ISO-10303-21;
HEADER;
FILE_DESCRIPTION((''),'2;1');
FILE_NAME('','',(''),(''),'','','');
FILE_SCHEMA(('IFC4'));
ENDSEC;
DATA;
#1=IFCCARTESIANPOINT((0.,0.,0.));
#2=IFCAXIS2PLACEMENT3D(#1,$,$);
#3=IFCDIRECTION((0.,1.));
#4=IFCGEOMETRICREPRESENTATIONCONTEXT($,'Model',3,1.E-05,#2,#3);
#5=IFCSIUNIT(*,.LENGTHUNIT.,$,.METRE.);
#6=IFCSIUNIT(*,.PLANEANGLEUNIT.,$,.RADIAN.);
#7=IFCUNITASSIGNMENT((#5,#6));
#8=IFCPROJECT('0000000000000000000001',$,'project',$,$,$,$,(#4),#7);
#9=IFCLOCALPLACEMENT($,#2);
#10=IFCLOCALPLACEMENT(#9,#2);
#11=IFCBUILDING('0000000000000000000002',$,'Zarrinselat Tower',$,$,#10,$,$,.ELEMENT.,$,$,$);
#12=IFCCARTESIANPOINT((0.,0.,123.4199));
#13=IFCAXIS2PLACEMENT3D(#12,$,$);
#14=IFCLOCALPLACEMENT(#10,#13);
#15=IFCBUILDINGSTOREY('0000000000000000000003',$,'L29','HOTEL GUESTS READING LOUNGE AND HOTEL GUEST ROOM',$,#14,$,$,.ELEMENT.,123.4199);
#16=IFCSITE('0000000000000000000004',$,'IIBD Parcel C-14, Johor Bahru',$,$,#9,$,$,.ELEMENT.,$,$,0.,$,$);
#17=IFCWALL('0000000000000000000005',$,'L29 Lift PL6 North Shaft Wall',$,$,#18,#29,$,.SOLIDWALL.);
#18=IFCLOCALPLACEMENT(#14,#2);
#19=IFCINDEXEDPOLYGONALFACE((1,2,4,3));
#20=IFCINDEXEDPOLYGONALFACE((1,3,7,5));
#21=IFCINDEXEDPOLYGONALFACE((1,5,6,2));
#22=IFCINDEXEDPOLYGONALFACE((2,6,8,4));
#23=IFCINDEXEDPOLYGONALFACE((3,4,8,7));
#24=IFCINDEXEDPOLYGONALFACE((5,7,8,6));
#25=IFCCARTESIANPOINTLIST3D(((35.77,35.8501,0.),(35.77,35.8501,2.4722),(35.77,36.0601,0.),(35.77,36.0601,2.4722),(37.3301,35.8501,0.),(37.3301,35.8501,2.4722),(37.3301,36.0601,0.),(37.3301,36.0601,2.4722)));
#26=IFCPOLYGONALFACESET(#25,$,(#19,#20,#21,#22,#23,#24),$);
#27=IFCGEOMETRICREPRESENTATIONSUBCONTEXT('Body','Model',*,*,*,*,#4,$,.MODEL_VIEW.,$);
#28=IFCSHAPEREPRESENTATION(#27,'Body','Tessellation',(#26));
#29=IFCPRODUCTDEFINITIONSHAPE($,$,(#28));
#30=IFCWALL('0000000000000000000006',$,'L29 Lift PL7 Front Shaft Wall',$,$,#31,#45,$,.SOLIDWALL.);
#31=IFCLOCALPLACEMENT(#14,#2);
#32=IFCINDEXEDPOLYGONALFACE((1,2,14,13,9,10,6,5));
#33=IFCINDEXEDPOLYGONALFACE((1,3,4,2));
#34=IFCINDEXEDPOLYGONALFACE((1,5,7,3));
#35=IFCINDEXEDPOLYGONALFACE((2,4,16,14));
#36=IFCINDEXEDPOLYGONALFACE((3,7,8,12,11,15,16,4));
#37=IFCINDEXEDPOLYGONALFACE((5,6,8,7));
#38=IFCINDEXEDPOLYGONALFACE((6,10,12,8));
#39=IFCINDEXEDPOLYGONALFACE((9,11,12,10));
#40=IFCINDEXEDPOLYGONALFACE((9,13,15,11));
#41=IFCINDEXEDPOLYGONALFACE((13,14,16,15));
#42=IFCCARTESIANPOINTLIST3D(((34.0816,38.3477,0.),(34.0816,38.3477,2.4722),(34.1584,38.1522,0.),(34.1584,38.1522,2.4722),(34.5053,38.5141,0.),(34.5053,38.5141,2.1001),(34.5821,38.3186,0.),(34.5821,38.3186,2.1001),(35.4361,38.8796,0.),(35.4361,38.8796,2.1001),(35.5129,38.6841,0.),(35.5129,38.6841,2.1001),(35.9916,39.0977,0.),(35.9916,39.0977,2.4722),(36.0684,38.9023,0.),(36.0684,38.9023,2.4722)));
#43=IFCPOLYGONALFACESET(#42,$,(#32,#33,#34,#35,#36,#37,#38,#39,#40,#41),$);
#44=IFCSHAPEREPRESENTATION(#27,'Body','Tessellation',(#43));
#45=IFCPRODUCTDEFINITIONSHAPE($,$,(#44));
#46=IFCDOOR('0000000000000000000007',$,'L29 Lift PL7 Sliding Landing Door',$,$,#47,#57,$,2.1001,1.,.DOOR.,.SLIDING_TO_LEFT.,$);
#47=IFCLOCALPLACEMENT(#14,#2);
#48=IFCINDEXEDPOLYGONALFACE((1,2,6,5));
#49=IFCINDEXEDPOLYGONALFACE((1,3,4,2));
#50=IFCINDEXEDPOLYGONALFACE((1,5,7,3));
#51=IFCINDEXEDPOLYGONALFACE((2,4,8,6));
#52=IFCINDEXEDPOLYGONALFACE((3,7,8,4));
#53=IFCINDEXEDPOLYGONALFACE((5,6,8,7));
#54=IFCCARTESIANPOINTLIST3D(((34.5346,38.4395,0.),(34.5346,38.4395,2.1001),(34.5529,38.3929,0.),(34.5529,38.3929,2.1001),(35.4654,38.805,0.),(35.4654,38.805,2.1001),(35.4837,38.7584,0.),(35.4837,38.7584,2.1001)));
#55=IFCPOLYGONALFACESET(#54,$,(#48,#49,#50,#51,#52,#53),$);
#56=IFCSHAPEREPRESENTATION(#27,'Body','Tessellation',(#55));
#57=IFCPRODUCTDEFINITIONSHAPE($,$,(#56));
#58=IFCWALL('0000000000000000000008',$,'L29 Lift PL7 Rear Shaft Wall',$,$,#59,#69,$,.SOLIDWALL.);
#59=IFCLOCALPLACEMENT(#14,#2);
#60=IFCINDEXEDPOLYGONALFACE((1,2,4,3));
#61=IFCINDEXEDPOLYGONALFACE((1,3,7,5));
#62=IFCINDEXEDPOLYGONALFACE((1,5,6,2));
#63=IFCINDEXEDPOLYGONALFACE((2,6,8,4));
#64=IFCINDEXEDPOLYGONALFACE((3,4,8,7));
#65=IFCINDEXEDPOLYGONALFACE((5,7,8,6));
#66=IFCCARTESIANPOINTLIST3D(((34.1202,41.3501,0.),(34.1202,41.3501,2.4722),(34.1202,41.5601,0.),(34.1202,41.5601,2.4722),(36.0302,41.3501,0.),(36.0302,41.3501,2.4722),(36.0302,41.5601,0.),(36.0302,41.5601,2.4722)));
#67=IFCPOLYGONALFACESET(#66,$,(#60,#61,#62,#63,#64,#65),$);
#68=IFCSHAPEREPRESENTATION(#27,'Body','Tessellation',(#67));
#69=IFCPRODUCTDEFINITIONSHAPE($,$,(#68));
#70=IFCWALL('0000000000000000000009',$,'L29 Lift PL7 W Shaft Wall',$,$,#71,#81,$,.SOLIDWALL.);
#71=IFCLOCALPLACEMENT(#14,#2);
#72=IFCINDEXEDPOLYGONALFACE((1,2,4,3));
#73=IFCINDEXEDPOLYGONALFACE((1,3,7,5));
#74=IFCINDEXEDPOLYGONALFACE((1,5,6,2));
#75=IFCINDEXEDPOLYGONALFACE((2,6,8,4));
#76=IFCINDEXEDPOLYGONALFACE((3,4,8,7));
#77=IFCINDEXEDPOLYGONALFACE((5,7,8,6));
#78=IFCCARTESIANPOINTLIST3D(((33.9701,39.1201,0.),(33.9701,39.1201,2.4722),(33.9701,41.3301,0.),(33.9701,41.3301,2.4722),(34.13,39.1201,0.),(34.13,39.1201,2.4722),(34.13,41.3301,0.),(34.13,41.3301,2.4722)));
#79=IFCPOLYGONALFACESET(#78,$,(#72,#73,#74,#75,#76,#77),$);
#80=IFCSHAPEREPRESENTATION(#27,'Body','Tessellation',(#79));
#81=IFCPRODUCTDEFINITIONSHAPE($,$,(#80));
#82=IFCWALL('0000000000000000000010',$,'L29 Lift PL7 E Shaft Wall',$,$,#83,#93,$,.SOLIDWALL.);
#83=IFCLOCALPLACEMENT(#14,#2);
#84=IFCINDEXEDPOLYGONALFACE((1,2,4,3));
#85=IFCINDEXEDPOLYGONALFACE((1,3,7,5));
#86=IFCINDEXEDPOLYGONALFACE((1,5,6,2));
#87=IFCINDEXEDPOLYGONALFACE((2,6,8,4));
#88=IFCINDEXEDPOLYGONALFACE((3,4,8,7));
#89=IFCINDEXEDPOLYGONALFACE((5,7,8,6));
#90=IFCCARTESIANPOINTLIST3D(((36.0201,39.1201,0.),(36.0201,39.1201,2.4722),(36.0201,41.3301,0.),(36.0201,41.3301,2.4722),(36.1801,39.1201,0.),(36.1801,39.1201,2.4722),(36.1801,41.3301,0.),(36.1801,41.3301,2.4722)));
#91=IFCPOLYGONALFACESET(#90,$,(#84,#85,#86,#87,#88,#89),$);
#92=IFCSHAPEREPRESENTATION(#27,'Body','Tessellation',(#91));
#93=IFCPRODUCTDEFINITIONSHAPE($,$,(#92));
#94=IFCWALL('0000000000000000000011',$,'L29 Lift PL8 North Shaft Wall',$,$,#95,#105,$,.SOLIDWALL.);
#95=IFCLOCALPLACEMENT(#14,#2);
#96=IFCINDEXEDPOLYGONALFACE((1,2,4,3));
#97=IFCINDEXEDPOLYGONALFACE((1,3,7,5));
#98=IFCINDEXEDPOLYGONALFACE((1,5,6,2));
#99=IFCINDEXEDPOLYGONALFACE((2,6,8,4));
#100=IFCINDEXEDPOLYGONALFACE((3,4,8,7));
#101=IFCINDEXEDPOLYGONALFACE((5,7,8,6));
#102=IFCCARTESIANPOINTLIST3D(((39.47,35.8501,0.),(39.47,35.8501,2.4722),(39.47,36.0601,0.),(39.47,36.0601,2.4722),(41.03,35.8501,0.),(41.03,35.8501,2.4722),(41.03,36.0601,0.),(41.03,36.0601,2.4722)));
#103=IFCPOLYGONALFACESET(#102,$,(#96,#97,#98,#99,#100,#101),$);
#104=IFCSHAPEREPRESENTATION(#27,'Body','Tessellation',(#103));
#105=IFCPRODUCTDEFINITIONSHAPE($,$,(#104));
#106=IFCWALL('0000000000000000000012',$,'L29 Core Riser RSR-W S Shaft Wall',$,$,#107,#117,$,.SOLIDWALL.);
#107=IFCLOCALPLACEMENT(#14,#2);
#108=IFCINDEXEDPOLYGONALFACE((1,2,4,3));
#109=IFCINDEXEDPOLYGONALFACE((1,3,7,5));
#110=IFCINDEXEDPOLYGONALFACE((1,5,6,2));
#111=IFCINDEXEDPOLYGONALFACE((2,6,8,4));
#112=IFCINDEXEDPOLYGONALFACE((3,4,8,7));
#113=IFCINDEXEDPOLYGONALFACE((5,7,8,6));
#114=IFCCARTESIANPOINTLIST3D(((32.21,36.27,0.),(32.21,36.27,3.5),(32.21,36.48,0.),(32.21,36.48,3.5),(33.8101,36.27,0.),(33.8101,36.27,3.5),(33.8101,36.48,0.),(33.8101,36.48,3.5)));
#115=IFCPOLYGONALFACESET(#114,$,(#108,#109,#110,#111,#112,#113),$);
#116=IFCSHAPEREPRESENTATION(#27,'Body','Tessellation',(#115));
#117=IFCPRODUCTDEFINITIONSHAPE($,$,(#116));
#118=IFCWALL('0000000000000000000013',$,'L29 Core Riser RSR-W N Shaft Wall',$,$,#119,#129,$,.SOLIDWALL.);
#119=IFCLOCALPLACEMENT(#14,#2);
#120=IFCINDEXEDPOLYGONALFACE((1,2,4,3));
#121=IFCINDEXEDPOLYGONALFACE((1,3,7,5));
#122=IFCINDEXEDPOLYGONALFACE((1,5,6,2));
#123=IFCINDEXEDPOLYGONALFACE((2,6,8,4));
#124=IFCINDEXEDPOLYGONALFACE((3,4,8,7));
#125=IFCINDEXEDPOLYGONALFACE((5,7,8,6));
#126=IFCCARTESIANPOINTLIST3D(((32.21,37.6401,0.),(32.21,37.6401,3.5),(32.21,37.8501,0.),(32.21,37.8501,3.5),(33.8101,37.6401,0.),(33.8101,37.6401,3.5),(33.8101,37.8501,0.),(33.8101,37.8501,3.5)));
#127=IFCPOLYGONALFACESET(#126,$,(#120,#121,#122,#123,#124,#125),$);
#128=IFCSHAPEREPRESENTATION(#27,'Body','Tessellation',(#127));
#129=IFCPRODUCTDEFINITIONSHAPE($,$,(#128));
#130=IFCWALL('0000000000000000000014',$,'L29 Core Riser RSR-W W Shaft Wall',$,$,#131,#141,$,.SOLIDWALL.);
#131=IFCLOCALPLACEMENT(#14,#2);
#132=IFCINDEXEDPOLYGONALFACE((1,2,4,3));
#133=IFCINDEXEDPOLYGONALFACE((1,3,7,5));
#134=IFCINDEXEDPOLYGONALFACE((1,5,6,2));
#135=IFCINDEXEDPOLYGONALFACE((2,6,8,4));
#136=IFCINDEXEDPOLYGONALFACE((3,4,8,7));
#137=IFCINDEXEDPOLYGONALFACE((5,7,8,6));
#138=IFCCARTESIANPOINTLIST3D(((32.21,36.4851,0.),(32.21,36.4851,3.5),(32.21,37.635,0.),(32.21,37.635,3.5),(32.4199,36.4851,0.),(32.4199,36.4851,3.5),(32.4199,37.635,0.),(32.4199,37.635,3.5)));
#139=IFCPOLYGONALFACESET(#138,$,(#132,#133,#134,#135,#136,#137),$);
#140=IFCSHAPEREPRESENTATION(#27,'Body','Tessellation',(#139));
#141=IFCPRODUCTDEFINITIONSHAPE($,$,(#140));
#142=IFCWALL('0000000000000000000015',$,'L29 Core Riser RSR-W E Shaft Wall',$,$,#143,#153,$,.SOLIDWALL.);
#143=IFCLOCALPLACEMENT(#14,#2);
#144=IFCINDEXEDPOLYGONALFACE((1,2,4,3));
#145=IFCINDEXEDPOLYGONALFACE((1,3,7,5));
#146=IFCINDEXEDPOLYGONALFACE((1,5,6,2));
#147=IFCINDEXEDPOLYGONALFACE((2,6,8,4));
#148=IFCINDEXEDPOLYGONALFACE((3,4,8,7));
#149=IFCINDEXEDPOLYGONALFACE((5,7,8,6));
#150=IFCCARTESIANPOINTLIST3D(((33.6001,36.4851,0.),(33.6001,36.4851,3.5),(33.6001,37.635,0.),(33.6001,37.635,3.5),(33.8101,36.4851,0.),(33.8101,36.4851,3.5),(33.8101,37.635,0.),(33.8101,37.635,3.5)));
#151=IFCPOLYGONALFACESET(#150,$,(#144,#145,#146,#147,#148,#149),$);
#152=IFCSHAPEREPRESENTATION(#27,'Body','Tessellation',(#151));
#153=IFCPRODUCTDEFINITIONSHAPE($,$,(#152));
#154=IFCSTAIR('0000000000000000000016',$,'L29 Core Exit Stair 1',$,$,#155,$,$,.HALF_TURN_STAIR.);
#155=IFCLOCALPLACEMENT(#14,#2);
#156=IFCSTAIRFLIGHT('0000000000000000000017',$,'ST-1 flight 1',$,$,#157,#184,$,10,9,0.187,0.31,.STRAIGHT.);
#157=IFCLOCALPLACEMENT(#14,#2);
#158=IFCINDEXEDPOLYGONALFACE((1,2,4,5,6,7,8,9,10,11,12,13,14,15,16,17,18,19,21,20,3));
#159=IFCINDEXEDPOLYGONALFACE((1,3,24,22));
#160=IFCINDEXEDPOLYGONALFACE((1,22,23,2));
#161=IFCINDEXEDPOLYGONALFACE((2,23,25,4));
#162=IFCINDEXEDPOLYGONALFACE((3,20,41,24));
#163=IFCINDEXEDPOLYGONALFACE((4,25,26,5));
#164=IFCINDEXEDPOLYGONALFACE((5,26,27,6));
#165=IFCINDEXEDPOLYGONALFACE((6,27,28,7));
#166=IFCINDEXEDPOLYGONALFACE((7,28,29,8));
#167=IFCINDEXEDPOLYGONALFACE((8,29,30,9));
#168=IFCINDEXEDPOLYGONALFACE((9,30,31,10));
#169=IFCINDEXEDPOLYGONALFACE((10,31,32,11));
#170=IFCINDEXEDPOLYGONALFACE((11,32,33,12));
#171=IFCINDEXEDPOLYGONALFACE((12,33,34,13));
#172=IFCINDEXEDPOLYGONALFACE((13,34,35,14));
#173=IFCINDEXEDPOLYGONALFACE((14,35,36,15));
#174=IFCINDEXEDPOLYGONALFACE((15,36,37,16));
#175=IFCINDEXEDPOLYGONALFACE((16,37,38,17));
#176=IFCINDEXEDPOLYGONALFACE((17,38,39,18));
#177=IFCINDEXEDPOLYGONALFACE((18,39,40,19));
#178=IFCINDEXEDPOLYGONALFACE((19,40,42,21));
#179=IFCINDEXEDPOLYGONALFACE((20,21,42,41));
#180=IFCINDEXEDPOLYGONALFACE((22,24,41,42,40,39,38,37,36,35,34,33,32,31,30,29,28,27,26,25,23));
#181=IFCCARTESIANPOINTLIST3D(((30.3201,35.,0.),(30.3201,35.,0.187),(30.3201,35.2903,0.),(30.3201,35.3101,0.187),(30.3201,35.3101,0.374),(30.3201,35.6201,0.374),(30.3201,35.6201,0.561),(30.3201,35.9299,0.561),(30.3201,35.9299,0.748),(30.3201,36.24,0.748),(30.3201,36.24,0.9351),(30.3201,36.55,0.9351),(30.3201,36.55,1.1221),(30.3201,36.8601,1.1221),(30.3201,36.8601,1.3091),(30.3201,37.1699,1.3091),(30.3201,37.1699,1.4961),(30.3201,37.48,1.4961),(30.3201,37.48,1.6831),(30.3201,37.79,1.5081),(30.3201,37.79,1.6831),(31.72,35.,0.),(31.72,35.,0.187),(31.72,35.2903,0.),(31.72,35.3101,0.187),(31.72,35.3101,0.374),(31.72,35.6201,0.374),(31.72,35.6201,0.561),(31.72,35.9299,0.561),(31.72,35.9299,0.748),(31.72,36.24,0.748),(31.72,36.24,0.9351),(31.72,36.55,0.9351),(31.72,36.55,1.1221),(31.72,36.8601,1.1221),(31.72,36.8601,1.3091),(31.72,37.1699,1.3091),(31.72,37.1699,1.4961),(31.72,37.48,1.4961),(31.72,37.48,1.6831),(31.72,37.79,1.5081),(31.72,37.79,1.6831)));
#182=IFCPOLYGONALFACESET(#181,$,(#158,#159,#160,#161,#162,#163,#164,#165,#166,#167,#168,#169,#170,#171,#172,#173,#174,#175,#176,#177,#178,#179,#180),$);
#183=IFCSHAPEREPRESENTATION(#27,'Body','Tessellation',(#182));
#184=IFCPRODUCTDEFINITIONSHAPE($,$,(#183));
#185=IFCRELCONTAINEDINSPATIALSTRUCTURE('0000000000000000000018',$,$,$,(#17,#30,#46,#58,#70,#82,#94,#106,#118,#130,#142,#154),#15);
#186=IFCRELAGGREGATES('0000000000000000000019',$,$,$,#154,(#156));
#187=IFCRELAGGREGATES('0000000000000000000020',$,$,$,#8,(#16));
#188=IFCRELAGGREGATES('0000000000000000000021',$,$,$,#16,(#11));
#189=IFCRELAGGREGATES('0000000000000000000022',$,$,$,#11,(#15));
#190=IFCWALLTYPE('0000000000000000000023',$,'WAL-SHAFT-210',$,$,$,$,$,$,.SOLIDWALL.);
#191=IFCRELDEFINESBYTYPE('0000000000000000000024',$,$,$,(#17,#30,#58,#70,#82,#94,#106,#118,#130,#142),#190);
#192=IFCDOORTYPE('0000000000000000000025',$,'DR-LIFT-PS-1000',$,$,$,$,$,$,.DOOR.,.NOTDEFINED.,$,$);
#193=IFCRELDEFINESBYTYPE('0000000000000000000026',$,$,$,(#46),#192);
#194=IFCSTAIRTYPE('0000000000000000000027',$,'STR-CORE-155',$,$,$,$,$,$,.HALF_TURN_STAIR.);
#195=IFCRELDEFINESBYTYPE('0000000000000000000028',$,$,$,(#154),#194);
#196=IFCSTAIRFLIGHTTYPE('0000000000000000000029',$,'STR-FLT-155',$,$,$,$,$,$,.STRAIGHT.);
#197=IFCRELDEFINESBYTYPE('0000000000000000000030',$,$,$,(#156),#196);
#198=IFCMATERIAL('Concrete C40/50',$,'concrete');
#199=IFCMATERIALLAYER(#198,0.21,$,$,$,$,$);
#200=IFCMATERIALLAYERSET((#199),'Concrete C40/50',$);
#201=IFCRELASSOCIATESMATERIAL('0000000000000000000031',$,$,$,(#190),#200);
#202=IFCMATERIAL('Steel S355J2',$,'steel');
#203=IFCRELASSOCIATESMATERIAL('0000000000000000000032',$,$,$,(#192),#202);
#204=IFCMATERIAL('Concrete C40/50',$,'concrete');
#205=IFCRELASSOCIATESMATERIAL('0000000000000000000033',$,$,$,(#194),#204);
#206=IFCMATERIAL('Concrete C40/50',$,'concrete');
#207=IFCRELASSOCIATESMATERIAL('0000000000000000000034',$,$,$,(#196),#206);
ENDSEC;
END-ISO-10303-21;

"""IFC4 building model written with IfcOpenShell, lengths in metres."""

from ifc_helpers import new_model, si_unit, direction, frame, frame_2d, origin, place, context, subcontext, project, spatial, polyline, rectangle, outline, extrude, material, layer, layer_set, type_object, element, fill, aggregate, save


model = new_model("IFC4")

# Units and contexts
model_context = context("Model", 3, precision=1e-05, world=origin(), true_north=direction((0.0, 1.0)))
body_context = subcontext(model_context, "Body", "Model", "MODEL_VIEW")
ifc_project = project(units=[si_unit("LENGTHUNIT", "METRE"), si_unit("PLANEANGLEUNIT", "RADIAN")], contexts=[model_context])

# Site, building, storey
site_placement = place(None, origin())
site = spatial("IfcSite", under=ifc_project, at=site_placement, Name="IIBD Parcel C-14, Johor Bahru", CompositionType="ELEMENT", RefElevation=0.0)
building_placement = place(site_placement, origin())
building = spatial("IfcBuilding", under=site, at=building_placement, Name="Zarrinselat Tower", CompositionType="ELEMENT")
storey_placement = place(building_placement, frame((0.0, 0.0, 123.4199)))
storey = spatial("IfcBuildingStorey", under=building, at=storey_placement, Name="L29", Description="HOTEL GUESTS READING LOUNGE AND HOTEL GUEST ROOM", CompositionType="ELEMENT", Elevation=123.4199)

# Wall
ifc_material_1 = material(Name="Concrete C40/50", Category="concrete")
ifc_layer_1 = layer(ifc_material_1, 0.21)
ifc_layer_set_1 = layer_set([ifc_layer_1], Name="Concrete C40/50")
wall_type_1 = type_object("IfcWallType", Name="WAL-SHAFT-210", PredefinedType="SOLIDWALL", material=ifc_layer_set_1)
wall_1_placement = place(storey_placement, frame((35.77, 35.9551, 0.0), z_axis=(0.0, 0.0, 1.0), x_axis=(1.0, 0.0, 0.0)))
element("IfcWall", 1, at=wall_1_placement, inside=storey, type_object=wall_type_1, Name="L29 Lift PL6 North Shaft Wall", PredefinedType="SOLIDWALL", context=body_context, shape_type="SweptSolid", body=[
    extrude(rectangle(XDim=1.5601, YDim=0.21, at=frame_2d((0.78, 0.0))), origin(), (0.0, 0.0, 1.0), 2.4722),
])

# Wall, opening, door
wall_2_placement = place(storey_placement, frame((34.1201, 38.25, 0.0), z_axis=(0.0, 0.0, 1.0), x_axis=(0.930805, 0.365516, 0.0)))
wall_2 = element("IfcWall", 2, at=wall_2_placement, inside=storey, type_object=wall_type_1, Name="L29 Lift PL7 Front Shaft Wall", PredefinedType="SOLIDWALL", context=body_context, shape_type="SweptSolid", body=[
    extrude(rectangle(XDim=2.052, YDim=0.21, at=frame_2d((1.0259, 0.0))), origin(), (0.0, 0.0, 1.0), 2.4722),
])
opening_placement = place(wall_2_placement, frame((0.4551, 0.0, 0.0)))
opening = element("IfcOpeningElement", 3, at=opening_placement, cuts=wall_2, PredefinedType="OPENING", context=body_context, shape_type="SweptSolid", body=[
    extrude(rectangle(XDim=1.0, YDim=2.1001, at=frame_2d((0.5, 1.05))), frame((0.0, 0.115, 0.0), z_axis=(0.0, -1.0, 0.0), x_axis=(1.0, 0.0, 0.0)), (0.0, 0.0, 1.0), 0.23),
])
ifc_material_2 = material(Name="Steel S355J2", Category="steel")
door_type = type_object("IfcDoorType", Name="DR-LIFT-PS-1000", OperationType="NOTDEFINED", PredefinedType="DOOR", material=ifc_material_2)
door_placement = place(opening_placement, origin())
door = element("IfcDoor", 4, at=door_placement, inside=storey, type_object=door_type, Name="L29 Lift PL7 Sliding Landing Door", OperationType="SLIDING_TO_LEFT", OverallHeight=2.1001, OverallWidth=1.0, PredefinedType="DOOR", context=body_context, shape_type="SweptSolid", body=[
    extrude(rectangle(XDim=1.0, YDim=2.1001, at=frame_2d((0.5, 1.05))), frame((0.0, 0.0249, 0.0), z_axis=(0.0, -1.0, 0.0), x_axis=(1.0, 0.0, 0.0)), (0.0, 0.0, 1.0), 0.05),
])
fill(opening, door)

# Walls
wall_3_placement = place(storey_placement, frame((34.1201, 41.4551, 0.0), z_axis=(0.0, 0.0, 1.0), x_axis=(1.0, 0.0, 0.0)))
element("IfcWall", 5, at=wall_3_placement, inside=storey, type_object=wall_type_1, Name="L29 Lift PL7 Rear Shaft Wall", PredefinedType="SOLIDWALL", context=body_context, shape_type="SweptSolid", body=[
    extrude(rectangle(XDim=1.9099, YDim=0.21, at=frame_2d((0.9551, 0.0))), origin(), (0.0, 0.0, 1.0), 2.4722),
])
for number, where, z_axis, x_axis, name in (
    (6, (34.05, 39.1201, 0.0), (0.0, 0.0, 1.0), (0.0, 1.0, 0.0), "L29 Lift PL7 W Shaft Wall"),
    (7, (36.1001, 39.1201, 0.0), (0.0, 0.0, 1.0), (0.0, 1.0, 0.0), "L29 Lift PL7 E Shaft Wall"),
):
    element("IfcWall", number, at=place(storey_placement, frame(where, z_axis=z_axis, x_axis=x_axis)), inside=storey, type_object=wall_type_1, Name=name, PredefinedType="SOLIDWALL", context=body_context, shape_type="SweptSolid", body=[
        extrude(rectangle(XDim=2.21, YDim=0.1599, at=frame_2d((1.105, 0.0))), origin(), (0.0, 0.0, 1.0), 2.4722),
    ])
wall_4_placement = place(storey_placement, frame((39.47, 35.9551, 0.0), z_axis=(0.0, 0.0, 1.0), x_axis=(1.0, 0.0, 0.0)))
element("IfcWall", 8, at=wall_4_placement, inside=storey, type_object=wall_type_1, Name="L29 Lift PL8 North Shaft Wall", PredefinedType="SOLIDWALL", context=body_context, shape_type="SweptSolid", body=[
    extrude(rectangle(XDim=1.5601, YDim=0.21, at=frame_2d((0.78, 0.0))), origin(), (0.0, 0.0, 1.0), 2.4722),
])
for number, where, z_axis, x_axis, name in (
    (9, (32.21, 36.375, 0.0), (0.0, 0.0, 1.0), (1.0, 0.0, 0.0), "L29 Core Riser RSR-W S Shaft Wall"),
    (10, (32.21, 37.7451, 0.0), (0.0, 0.0, 1.0), (1.0, 0.0, 0.0), "L29 Core Riser RSR-W N Shaft Wall"),
):
    element("IfcWall", number, at=place(storey_placement, frame(where, z_axis=z_axis, x_axis=x_axis)), inside=storey, type_object=wall_type_1, Name=name, PredefinedType="SOLIDWALL", context=body_context, shape_type="SweptSolid", body=[
        extrude(rectangle(XDim=1.6001, YDim=0.21, at=frame_2d((0.8, 0.0))), origin(), (0.0, 0.0, 1.0), 3.5),
    ])
for number, where, z_axis, x_axis, name in (
    (11, (32.3149, 36.4851, 0.0), (0.0, 0.0, 1.0), (0.0, 1.0, 0.0), "L29 Core Riser RSR-W W Shaft Wall"),
    (12, (33.7051, 36.4851, 0.0), (0.0, 0.0, 1.0), (0.0, 1.0, 0.0), "L29 Core Riser RSR-W E Shaft Wall"),
):
    element("IfcWall", number, at=place(storey_placement, frame(where, z_axis=z_axis, x_axis=x_axis)), inside=storey, type_object=wall_type_1, Name=name, PredefinedType="SOLIDWALL", context=body_context, shape_type="SweptSolid", body=[
        extrude(rectangle(XDim=1.1499, YDim=0.21, at=frame_2d((0.575, 0.0))), origin(), (0.0, 0.0, 1.0), 3.5),
    ])

# Stair, stair flight
ifc_material_3 = material(Name="Concrete C40/50", Category="concrete")
stair_type = type_object("IfcStairType", Name="STR-CORE-155", PredefinedType="HALF_TURN_STAIR", material=ifc_material_3)
stair_placement = place(storey_placement, origin())
stair = element("IfcStair", 13, at=stair_placement, inside=storey, type_object=stair_type, Name="L29 Core Exit Stair 1", PredefinedType="HALF_TURN_STAIR")
ifc_material_4 = material(Name="Concrete C40/50", Category="concrete")
stair_flight_type = type_object("IfcStairFlightType", Name="STR-FLT-155", PredefinedType="STRAIGHT", material=ifc_material_4)
stair_flight_placement = place(storey_placement, frame((31.02, 35.0, 0.0), z_axis=(0.0, 0.0, 1.0), x_axis=(0.0, 1.0, 0.0)))
stair_flight = element("IfcStairFlight", 14, at=stair_flight_placement, type_object=stair_flight_type, Name="ST-1 flight 1", NumberOfRisers=10, NumberOfTreads=9, PredefinedType="STRAIGHT", RiserHeight=0.187, TreadLength=0.31, context=body_context, shape_type="SweptSolid", body=[
    extrude(outline(polyline([(0.0, 0.0), (0.0, 0.187), (0.3101, 0.187), (0.3101, 0.374), (0.6201, 0.374), (0.6201, 0.561), (0.9299, 0.561), (0.9299, 0.748), (1.24, 0.748), (1.24, 0.9351), (1.55, 0.9351), (1.55, 1.1221), (1.8601, 1.1221), (1.8601, 1.3091), (2.1699, 1.3091), (2.1699, 1.4961), (2.48, 1.4961), (2.48, 1.6831), (2.79, 1.6831), (2.79, 1.8701), (2.79, 1.5081), (0.2903, 0.0), (0.0, 0.0)])), frame((0.0, 0.7, 0.0), z_axis=(0.0, -1.0, 0.0), x_axis=(1.0, 0.0, 0.0)), (0.0, 0.0, 1.0), 1.3999),
])
aggregate(stair, [stair_flight])

save(model, "model.ifc")
